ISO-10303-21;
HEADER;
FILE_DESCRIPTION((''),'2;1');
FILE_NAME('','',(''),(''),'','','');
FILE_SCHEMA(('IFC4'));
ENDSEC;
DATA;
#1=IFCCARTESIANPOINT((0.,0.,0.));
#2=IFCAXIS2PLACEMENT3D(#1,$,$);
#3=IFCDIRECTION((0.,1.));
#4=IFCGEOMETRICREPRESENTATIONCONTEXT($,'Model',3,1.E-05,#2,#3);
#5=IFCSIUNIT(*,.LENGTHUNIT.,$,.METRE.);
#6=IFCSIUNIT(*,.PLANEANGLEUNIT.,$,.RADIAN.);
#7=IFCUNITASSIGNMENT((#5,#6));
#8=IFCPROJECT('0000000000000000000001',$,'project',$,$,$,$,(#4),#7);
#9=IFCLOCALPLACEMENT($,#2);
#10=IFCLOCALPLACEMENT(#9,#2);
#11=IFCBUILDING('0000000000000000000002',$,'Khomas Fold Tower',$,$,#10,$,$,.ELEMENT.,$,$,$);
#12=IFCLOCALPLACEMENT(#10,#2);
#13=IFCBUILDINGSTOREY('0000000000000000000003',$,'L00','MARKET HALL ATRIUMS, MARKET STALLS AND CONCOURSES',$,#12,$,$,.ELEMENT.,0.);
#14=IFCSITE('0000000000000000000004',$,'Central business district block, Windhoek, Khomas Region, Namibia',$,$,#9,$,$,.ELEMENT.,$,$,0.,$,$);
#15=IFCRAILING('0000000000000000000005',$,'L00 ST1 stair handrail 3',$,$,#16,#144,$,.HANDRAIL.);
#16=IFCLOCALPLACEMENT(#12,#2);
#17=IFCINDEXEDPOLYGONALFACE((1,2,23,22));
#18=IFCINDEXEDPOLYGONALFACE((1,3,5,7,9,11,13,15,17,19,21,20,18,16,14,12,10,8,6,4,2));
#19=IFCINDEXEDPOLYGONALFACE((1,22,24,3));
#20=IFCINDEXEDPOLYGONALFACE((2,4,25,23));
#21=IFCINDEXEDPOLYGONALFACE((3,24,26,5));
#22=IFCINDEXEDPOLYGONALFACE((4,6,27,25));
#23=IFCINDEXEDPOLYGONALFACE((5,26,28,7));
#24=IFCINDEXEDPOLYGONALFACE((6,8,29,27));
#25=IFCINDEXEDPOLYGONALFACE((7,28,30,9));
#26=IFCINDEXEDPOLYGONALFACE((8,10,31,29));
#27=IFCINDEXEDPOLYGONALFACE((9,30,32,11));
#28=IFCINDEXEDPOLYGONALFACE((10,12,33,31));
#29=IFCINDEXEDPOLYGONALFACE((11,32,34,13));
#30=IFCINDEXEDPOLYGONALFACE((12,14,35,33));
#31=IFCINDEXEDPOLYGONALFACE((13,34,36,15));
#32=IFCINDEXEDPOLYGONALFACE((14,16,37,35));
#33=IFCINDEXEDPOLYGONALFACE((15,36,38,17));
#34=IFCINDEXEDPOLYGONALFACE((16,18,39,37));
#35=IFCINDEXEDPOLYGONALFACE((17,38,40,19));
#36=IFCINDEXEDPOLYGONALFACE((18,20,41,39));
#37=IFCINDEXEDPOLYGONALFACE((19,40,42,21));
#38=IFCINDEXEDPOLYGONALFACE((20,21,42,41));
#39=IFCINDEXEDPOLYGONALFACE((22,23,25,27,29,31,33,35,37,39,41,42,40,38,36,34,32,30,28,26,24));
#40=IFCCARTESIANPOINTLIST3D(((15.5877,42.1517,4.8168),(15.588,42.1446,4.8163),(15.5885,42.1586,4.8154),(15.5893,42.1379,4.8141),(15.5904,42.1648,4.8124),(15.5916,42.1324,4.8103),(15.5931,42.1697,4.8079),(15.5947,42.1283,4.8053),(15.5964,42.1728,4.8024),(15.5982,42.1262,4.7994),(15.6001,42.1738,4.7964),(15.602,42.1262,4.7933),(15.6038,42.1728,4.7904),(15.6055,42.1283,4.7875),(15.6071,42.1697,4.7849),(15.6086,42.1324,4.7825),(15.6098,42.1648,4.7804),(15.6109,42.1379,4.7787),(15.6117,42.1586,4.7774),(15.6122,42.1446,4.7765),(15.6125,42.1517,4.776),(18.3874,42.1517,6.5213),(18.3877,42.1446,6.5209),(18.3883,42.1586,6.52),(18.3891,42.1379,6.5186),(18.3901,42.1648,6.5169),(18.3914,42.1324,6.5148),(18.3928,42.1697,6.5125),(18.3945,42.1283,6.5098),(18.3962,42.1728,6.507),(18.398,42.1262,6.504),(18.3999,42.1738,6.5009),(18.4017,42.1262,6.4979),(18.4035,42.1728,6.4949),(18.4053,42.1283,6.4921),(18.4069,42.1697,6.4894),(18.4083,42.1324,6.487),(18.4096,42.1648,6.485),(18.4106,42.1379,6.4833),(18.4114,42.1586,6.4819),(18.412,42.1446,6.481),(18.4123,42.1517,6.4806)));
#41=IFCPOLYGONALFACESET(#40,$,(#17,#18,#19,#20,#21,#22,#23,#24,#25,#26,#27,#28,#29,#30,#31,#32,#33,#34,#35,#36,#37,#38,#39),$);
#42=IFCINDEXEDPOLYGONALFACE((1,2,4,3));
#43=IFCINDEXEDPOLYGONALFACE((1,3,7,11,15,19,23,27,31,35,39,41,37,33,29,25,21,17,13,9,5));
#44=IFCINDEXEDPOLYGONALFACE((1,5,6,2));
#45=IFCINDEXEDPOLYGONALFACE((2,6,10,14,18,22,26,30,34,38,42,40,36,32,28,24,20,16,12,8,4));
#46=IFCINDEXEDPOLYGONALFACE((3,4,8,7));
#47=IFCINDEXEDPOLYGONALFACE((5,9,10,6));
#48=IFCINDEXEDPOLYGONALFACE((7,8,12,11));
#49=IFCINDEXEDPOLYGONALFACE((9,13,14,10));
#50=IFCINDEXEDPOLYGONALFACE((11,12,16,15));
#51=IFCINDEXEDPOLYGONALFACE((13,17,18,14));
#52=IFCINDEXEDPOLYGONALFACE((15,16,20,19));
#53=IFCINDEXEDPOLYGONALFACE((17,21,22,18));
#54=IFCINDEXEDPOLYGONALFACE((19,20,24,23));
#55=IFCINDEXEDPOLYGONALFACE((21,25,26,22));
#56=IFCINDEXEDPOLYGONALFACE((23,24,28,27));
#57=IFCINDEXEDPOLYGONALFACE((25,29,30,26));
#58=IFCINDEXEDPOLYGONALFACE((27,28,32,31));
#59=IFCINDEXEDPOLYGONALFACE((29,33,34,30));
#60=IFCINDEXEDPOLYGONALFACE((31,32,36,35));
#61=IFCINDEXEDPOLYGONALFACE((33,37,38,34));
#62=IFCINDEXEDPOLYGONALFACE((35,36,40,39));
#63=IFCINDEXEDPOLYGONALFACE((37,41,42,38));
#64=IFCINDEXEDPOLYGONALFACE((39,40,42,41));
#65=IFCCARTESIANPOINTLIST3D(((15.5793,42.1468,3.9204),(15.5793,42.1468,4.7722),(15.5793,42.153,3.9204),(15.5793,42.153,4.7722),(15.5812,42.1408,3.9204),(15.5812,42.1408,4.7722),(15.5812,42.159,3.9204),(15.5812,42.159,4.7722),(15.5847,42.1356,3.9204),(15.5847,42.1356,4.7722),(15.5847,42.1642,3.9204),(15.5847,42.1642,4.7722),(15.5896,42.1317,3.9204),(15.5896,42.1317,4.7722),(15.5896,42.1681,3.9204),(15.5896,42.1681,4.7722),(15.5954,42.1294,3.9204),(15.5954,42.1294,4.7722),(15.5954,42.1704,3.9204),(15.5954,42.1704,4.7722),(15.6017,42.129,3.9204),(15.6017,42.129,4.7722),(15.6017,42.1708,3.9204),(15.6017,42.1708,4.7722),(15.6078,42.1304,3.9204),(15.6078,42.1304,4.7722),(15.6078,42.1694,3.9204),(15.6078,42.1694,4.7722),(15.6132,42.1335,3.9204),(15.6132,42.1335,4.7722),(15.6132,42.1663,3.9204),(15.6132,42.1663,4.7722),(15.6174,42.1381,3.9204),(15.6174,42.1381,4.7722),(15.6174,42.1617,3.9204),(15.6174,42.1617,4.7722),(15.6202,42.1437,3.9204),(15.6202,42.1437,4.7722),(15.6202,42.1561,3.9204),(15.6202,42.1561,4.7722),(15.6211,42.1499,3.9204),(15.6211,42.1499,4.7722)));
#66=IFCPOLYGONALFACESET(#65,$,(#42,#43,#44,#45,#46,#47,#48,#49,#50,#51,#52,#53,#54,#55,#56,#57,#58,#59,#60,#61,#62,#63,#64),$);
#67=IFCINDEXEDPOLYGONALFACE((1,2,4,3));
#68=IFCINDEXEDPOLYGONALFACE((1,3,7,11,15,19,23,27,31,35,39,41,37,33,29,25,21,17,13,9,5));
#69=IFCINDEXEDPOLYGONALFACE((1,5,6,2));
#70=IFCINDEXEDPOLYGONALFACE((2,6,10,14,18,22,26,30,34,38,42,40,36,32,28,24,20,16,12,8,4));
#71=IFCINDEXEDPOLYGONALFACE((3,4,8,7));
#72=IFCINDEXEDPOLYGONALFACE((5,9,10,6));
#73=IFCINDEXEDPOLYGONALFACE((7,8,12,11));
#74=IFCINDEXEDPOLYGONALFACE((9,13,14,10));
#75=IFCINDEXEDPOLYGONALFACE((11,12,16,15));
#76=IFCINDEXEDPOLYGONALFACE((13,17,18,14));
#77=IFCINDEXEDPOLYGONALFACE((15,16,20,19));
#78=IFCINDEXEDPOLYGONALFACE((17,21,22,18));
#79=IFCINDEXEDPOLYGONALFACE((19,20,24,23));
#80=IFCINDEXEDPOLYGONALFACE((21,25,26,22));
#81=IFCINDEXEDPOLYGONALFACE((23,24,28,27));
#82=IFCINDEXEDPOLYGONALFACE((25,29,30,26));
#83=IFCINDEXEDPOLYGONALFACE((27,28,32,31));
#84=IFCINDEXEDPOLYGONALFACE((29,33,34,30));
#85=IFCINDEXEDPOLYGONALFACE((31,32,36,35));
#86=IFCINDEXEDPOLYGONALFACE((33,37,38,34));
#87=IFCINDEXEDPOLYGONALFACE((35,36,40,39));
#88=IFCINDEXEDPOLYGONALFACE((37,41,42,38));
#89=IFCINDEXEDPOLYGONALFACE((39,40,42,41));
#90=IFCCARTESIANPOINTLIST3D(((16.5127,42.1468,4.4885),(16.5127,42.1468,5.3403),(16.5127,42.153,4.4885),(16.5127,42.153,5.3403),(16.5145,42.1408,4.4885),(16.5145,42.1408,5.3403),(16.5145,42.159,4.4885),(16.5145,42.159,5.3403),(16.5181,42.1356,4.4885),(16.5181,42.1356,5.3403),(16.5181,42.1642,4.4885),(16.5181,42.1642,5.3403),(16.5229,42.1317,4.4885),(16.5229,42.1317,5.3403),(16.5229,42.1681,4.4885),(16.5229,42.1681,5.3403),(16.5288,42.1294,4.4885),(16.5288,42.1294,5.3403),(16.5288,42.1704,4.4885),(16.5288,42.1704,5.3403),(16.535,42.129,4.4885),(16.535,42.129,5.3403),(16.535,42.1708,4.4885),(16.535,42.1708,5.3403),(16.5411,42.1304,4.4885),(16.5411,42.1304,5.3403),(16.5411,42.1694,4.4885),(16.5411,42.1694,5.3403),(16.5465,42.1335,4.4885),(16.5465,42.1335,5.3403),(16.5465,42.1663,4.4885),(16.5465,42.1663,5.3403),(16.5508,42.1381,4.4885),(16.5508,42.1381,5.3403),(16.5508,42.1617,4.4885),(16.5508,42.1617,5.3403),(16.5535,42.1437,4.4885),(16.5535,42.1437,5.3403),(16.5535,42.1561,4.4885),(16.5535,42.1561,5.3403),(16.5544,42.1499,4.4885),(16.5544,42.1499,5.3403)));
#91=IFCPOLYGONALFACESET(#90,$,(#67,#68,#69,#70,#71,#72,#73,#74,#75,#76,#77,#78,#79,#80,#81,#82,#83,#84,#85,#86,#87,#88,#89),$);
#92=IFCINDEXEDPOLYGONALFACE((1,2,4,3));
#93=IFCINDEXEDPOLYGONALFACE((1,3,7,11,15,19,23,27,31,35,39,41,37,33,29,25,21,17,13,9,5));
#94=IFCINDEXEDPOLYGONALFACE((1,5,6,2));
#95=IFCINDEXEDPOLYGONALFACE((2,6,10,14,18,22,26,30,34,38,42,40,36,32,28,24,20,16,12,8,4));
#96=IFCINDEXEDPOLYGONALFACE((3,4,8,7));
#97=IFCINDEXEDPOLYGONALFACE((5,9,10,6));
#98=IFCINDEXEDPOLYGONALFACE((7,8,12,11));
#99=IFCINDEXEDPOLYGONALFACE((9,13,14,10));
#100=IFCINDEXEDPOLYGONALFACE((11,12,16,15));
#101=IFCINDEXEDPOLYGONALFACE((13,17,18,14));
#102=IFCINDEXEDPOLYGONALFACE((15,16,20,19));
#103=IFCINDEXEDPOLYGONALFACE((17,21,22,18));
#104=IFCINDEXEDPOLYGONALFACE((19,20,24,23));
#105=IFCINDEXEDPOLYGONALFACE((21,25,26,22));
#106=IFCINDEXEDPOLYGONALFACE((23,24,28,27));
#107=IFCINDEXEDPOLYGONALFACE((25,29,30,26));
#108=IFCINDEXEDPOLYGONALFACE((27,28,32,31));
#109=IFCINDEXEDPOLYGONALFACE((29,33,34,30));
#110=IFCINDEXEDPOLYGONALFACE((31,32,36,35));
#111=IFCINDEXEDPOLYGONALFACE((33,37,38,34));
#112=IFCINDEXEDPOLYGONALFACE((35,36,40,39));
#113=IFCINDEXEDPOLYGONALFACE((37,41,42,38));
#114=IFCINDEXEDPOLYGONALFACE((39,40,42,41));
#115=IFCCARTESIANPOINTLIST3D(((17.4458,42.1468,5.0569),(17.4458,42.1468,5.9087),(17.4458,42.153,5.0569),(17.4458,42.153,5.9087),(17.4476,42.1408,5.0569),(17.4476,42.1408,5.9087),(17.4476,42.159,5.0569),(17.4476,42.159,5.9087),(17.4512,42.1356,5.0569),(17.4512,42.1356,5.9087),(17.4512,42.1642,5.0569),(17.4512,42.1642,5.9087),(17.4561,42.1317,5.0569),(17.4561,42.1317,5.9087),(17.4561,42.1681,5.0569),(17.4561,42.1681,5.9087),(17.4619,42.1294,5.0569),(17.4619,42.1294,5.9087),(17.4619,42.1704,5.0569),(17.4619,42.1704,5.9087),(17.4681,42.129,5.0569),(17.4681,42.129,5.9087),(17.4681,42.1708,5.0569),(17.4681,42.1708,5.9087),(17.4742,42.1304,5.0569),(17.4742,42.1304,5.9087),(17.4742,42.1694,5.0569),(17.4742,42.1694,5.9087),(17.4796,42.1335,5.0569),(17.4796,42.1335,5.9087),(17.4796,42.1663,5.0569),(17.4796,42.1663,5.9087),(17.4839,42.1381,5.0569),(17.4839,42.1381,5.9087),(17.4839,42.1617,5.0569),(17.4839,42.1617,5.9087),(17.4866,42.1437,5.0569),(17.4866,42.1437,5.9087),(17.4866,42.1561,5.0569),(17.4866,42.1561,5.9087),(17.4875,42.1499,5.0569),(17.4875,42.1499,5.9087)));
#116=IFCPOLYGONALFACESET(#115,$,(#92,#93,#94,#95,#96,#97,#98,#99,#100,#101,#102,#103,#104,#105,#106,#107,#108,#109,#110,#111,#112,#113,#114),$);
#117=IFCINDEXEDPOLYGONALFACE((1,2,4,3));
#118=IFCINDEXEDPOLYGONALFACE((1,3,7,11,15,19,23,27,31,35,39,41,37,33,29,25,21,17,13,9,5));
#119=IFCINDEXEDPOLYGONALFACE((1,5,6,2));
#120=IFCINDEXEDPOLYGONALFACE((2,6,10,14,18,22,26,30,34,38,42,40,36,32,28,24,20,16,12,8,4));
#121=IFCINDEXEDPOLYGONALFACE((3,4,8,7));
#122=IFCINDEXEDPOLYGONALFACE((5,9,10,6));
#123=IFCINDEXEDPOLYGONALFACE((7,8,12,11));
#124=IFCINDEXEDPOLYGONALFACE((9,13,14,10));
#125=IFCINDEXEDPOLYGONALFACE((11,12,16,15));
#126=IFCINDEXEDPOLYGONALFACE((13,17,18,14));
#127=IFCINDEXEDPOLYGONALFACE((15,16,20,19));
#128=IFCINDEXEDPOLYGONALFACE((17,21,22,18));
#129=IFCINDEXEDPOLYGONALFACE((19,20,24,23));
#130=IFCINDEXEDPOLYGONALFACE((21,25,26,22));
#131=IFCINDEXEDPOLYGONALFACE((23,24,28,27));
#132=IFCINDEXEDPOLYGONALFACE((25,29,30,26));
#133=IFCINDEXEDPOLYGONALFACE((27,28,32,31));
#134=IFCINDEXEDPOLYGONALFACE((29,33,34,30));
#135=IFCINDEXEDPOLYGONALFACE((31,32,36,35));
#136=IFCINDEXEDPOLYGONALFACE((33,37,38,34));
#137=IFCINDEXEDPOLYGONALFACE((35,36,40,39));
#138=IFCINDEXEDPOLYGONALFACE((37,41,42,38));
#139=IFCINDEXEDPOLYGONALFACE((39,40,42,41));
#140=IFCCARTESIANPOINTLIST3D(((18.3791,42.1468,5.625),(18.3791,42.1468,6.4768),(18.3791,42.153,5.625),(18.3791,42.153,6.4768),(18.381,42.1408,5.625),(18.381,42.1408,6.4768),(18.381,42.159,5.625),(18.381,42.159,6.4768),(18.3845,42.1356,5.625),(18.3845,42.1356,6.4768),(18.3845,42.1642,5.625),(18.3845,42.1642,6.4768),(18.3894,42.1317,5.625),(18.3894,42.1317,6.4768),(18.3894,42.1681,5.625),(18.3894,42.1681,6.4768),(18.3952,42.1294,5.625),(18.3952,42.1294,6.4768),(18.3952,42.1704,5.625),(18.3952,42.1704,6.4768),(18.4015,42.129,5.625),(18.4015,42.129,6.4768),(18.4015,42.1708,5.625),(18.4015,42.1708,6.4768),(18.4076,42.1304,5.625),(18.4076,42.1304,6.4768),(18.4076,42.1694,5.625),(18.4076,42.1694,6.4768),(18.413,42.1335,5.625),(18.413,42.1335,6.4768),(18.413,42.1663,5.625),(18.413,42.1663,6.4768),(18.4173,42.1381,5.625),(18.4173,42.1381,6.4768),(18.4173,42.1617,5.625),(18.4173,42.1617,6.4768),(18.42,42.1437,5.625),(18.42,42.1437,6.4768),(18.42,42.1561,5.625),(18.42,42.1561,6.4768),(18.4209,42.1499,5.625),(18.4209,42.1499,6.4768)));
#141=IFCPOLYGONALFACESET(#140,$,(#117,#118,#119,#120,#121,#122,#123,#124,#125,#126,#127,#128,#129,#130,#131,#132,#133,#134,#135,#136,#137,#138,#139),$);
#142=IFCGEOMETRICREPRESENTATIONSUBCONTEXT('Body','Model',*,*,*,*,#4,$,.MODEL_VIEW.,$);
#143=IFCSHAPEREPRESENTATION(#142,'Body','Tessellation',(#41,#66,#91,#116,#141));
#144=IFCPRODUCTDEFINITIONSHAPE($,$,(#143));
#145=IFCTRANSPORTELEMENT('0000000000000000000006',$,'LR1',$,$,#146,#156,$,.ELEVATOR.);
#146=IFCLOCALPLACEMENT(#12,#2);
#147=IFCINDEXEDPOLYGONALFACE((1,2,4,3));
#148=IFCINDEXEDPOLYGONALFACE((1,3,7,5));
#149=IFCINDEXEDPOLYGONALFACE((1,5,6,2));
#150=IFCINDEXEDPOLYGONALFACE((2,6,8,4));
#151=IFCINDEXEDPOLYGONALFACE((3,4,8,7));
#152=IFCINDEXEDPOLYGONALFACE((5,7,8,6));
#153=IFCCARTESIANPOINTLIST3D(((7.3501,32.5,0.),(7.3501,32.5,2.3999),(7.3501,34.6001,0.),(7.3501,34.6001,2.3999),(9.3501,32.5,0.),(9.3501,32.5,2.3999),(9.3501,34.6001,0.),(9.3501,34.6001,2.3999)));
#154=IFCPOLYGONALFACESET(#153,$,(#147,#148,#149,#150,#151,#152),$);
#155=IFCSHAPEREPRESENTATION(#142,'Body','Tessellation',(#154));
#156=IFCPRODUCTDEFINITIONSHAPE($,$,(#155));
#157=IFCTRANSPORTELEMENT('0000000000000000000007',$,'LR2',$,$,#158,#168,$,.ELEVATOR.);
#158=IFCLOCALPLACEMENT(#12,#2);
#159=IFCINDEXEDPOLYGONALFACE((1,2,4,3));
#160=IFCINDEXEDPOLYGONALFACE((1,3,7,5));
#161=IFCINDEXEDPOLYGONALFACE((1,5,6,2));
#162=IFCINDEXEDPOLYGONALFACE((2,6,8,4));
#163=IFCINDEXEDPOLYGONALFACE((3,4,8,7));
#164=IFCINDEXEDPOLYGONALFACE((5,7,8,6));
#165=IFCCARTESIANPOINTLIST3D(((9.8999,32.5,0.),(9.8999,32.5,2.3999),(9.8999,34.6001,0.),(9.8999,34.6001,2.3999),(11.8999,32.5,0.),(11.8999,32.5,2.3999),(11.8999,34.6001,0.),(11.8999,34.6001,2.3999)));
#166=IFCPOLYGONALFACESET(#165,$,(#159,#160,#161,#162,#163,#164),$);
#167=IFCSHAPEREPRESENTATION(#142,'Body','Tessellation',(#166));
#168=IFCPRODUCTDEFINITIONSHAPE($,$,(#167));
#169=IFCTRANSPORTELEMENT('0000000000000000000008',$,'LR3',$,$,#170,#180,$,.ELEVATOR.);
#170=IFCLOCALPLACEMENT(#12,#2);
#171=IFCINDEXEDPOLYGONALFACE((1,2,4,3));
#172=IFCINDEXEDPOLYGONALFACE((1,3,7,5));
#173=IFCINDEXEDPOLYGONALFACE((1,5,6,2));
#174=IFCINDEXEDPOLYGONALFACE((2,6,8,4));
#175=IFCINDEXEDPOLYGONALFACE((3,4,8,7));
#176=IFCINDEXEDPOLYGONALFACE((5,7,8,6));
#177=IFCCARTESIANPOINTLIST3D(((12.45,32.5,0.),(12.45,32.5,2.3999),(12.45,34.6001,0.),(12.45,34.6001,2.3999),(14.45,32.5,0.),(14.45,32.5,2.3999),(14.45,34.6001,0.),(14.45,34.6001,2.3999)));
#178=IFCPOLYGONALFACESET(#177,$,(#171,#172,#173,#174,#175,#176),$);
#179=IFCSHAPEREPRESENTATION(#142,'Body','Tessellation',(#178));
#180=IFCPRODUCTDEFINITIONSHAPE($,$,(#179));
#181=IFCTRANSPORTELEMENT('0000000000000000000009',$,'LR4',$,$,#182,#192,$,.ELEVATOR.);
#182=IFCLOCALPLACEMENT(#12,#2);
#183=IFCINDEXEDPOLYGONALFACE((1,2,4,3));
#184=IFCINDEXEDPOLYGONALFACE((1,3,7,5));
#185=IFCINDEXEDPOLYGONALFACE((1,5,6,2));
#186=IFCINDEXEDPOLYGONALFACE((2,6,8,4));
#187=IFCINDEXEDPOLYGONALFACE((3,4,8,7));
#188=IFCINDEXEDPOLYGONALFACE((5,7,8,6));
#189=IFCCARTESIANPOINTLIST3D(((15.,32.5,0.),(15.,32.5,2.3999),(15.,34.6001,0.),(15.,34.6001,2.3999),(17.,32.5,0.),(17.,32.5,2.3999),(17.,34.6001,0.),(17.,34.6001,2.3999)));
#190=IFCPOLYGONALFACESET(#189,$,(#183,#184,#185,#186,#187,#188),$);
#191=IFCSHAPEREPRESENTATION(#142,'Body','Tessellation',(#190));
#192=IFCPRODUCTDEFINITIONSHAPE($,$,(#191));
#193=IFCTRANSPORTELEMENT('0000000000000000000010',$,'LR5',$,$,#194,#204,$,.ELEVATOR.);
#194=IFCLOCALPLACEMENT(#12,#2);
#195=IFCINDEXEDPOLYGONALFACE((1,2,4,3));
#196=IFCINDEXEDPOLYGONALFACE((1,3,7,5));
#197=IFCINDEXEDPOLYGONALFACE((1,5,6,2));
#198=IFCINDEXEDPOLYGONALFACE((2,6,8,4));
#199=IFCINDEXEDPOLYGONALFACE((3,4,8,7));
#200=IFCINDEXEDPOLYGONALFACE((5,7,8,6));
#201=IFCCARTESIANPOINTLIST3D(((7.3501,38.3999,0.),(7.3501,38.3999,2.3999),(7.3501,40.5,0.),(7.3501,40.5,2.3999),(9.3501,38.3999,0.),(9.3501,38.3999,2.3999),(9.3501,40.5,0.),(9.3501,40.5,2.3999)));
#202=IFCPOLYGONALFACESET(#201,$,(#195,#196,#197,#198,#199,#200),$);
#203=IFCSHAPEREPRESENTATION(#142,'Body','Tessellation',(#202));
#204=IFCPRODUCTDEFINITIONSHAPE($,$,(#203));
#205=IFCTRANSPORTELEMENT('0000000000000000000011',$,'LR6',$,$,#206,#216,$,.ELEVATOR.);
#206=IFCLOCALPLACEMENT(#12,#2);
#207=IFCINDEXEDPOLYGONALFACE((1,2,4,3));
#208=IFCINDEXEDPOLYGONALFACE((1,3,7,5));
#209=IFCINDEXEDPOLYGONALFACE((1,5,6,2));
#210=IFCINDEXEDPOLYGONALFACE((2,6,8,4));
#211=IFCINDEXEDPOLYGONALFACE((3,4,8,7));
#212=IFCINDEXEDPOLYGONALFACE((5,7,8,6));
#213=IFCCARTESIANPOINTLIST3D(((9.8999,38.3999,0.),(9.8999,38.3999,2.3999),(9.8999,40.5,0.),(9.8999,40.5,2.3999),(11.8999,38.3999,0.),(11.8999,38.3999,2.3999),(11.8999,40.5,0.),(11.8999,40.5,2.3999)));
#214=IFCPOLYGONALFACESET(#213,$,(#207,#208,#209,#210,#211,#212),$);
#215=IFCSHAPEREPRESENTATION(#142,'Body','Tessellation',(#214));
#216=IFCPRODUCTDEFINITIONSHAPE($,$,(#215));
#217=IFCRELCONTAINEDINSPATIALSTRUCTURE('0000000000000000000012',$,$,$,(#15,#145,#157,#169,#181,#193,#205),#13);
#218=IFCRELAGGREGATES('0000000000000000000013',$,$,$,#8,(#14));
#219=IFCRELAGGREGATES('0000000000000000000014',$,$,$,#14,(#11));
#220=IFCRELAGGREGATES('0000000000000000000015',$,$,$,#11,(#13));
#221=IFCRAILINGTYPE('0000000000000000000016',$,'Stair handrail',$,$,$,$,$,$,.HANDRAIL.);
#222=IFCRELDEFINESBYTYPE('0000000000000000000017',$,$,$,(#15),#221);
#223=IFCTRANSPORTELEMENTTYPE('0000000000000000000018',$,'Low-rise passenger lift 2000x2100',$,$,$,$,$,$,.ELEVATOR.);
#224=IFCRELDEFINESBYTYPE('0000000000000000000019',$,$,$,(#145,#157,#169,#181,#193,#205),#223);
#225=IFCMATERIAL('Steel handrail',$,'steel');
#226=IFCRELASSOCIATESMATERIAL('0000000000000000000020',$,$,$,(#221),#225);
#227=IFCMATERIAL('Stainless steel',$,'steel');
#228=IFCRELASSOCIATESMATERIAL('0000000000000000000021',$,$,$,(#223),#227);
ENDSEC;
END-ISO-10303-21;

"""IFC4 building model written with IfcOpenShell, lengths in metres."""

from ifc_helpers import new_model, si_unit, direction, frame, origin, origin_2d, place, context, subcontext, project, spatial, rectangle, circle, extrude, source, transform, mapped, material, type_object, element, save


model = new_model("IFC4")

# Units and contexts
model_context = context("Model", 3, precision=1e-05, world=origin(), true_north=direction((0.0, 1.0)))
body_context = subcontext(model_context, "Body", "Model", "MODEL_VIEW")
ifc_project = project(units=[si_unit("LENGTHUNIT", "METRE"), si_unit("PLANEANGLEUNIT", "RADIAN")], contexts=[model_context])

# Site, building, storey
site_placement = place(None, origin())
site = spatial("IfcSite", under=ifc_project, at=site_placement, Name="Central business district block, Windhoek, Khomas Region, Namibia", CompositionType="ELEMENT", RefElevation=0.0)
building_placement = place(site_placement, origin())
building = spatial("IfcBuilding", under=site, at=building_placement, Name="Khomas Fold Tower", CompositionType="ELEMENT")
storey_placement = place(building_placement, origin())
storey = spatial("IfcBuildingStorey", under=building, at=storey_placement, Name="L00", Description="MARKET HALL ATRIUMS, MARKET STALLS AND CONCOURSES", CompositionType="ELEMENT", Elevation=0.0)

# Railing
ifc_material_1 = material(Name="Steel handrail", Category="steel")
railing_type_1 = type_object("IfcRailingType", Name="Stair handrail", PredefinedType="HANDRAIL", material=ifc_material_1)
shared_shape_1 = source(origin(), body_context, "Body", "SweptSolid", [
    extrude(circle(Radius=0.0239, at=origin_2d()), frame((0.0, 0.0, 0.876), z_axis=(0.85415, 0.0, 0.520027), x_axis=(0.0, 1.0, 0.0)), (0.0, 0.0, 1.0), 3.2778),
    extrude(circle(Radius=0.021, at=origin_2d()), origin(), (0.0, 0.0, 1.0), 0.8518),
    extrude(circle(Radius=0.021, at=origin_2d()), frame((0.9333, 0.0, 0.5681)), (0.0, 0.0, 1.0), 0.8518),
    extrude(circle(Radius=0.021, at=origin_2d()), frame((1.8665, 0.0, 1.1365)), (0.0, 0.0, 1.0), 0.8518),
    extrude(circle(Radius=0.021, at=origin_2d()), frame((2.7998, 0.0, 1.7046)), (0.0, 0.0, 1.0), 0.8518),
])
for number, where, name in (
    (1, (15.6001, 42.1499, 3.9204), "L00 ST1 stair handrail 3"),
):
    element("IfcRailing", number, at=place(storey_placement, frame(where)), inside=storey, type_object=railing_type_1, Name=name, PredefinedType="HANDRAIL", context=body_context, shape_type="MappedRepresentation", body=[
        mapped(shared_shape_1, transform((0.0, 0.0, 0.0))),
    ])

# Transport elements
ifc_material_2 = material(Name="Stainless steel", Category="steel")
transport_element_type = type_object("IfcTransportElementType", Name="Low-rise passenger lift 2000x2100", PredefinedType="ELEVATOR", material=ifc_material_2)
shared_shape_2 = source(origin(), body_context, "Body", "SweptSolid", [
    extrude(rectangle(XDim=2.0, YDim=2.1001, at=origin_2d()), origin(), (0.0, 0.0, 1.0), 2.3999),
])
for number, where, z_axis, x_axis, name in (
    (2, (8.3501, 33.55, 0.0), (0.0, 0.0, 1.0), (1.0, 0.0, 0.0), "LR1"),
    (3, (10.8999, 33.55, 0.0), (0.0, 0.0, 1.0), (1.0, 0.0, 0.0), "LR2"),
    (4, (13.45, 33.55, 0.0), (0.0, 0.0, 1.0), (1.0, 0.0, 0.0), "LR3"),
    (5, (16.0, 33.55, 0.0), (0.0, 0.0, 1.0), (1.0, 0.0, 0.0), "LR4"),
    (6, (8.3501, 39.45, 0.0), (0.0, 0.0, 1.0), (1.0, 0.0, 0.0), "LR5"),
    (7, (10.8999, 39.45, 0.0), (0.0, 0.0, 1.0), (1.0, 0.0, 0.0), "LR6"),
):
    element("IfcTransportElement", number, at=place(storey_placement, frame(where, z_axis=z_axis, x_axis=x_axis)), inside=storey, type_object=transport_element_type, Name=name, PredefinedType="ELEVATOR", context=body_context, shape_type="MappedRepresentation", body=[
        mapped(shared_shape_2, transform((0.0, 0.0, 0.0))),
    ])

save(model, "model.ifc")
